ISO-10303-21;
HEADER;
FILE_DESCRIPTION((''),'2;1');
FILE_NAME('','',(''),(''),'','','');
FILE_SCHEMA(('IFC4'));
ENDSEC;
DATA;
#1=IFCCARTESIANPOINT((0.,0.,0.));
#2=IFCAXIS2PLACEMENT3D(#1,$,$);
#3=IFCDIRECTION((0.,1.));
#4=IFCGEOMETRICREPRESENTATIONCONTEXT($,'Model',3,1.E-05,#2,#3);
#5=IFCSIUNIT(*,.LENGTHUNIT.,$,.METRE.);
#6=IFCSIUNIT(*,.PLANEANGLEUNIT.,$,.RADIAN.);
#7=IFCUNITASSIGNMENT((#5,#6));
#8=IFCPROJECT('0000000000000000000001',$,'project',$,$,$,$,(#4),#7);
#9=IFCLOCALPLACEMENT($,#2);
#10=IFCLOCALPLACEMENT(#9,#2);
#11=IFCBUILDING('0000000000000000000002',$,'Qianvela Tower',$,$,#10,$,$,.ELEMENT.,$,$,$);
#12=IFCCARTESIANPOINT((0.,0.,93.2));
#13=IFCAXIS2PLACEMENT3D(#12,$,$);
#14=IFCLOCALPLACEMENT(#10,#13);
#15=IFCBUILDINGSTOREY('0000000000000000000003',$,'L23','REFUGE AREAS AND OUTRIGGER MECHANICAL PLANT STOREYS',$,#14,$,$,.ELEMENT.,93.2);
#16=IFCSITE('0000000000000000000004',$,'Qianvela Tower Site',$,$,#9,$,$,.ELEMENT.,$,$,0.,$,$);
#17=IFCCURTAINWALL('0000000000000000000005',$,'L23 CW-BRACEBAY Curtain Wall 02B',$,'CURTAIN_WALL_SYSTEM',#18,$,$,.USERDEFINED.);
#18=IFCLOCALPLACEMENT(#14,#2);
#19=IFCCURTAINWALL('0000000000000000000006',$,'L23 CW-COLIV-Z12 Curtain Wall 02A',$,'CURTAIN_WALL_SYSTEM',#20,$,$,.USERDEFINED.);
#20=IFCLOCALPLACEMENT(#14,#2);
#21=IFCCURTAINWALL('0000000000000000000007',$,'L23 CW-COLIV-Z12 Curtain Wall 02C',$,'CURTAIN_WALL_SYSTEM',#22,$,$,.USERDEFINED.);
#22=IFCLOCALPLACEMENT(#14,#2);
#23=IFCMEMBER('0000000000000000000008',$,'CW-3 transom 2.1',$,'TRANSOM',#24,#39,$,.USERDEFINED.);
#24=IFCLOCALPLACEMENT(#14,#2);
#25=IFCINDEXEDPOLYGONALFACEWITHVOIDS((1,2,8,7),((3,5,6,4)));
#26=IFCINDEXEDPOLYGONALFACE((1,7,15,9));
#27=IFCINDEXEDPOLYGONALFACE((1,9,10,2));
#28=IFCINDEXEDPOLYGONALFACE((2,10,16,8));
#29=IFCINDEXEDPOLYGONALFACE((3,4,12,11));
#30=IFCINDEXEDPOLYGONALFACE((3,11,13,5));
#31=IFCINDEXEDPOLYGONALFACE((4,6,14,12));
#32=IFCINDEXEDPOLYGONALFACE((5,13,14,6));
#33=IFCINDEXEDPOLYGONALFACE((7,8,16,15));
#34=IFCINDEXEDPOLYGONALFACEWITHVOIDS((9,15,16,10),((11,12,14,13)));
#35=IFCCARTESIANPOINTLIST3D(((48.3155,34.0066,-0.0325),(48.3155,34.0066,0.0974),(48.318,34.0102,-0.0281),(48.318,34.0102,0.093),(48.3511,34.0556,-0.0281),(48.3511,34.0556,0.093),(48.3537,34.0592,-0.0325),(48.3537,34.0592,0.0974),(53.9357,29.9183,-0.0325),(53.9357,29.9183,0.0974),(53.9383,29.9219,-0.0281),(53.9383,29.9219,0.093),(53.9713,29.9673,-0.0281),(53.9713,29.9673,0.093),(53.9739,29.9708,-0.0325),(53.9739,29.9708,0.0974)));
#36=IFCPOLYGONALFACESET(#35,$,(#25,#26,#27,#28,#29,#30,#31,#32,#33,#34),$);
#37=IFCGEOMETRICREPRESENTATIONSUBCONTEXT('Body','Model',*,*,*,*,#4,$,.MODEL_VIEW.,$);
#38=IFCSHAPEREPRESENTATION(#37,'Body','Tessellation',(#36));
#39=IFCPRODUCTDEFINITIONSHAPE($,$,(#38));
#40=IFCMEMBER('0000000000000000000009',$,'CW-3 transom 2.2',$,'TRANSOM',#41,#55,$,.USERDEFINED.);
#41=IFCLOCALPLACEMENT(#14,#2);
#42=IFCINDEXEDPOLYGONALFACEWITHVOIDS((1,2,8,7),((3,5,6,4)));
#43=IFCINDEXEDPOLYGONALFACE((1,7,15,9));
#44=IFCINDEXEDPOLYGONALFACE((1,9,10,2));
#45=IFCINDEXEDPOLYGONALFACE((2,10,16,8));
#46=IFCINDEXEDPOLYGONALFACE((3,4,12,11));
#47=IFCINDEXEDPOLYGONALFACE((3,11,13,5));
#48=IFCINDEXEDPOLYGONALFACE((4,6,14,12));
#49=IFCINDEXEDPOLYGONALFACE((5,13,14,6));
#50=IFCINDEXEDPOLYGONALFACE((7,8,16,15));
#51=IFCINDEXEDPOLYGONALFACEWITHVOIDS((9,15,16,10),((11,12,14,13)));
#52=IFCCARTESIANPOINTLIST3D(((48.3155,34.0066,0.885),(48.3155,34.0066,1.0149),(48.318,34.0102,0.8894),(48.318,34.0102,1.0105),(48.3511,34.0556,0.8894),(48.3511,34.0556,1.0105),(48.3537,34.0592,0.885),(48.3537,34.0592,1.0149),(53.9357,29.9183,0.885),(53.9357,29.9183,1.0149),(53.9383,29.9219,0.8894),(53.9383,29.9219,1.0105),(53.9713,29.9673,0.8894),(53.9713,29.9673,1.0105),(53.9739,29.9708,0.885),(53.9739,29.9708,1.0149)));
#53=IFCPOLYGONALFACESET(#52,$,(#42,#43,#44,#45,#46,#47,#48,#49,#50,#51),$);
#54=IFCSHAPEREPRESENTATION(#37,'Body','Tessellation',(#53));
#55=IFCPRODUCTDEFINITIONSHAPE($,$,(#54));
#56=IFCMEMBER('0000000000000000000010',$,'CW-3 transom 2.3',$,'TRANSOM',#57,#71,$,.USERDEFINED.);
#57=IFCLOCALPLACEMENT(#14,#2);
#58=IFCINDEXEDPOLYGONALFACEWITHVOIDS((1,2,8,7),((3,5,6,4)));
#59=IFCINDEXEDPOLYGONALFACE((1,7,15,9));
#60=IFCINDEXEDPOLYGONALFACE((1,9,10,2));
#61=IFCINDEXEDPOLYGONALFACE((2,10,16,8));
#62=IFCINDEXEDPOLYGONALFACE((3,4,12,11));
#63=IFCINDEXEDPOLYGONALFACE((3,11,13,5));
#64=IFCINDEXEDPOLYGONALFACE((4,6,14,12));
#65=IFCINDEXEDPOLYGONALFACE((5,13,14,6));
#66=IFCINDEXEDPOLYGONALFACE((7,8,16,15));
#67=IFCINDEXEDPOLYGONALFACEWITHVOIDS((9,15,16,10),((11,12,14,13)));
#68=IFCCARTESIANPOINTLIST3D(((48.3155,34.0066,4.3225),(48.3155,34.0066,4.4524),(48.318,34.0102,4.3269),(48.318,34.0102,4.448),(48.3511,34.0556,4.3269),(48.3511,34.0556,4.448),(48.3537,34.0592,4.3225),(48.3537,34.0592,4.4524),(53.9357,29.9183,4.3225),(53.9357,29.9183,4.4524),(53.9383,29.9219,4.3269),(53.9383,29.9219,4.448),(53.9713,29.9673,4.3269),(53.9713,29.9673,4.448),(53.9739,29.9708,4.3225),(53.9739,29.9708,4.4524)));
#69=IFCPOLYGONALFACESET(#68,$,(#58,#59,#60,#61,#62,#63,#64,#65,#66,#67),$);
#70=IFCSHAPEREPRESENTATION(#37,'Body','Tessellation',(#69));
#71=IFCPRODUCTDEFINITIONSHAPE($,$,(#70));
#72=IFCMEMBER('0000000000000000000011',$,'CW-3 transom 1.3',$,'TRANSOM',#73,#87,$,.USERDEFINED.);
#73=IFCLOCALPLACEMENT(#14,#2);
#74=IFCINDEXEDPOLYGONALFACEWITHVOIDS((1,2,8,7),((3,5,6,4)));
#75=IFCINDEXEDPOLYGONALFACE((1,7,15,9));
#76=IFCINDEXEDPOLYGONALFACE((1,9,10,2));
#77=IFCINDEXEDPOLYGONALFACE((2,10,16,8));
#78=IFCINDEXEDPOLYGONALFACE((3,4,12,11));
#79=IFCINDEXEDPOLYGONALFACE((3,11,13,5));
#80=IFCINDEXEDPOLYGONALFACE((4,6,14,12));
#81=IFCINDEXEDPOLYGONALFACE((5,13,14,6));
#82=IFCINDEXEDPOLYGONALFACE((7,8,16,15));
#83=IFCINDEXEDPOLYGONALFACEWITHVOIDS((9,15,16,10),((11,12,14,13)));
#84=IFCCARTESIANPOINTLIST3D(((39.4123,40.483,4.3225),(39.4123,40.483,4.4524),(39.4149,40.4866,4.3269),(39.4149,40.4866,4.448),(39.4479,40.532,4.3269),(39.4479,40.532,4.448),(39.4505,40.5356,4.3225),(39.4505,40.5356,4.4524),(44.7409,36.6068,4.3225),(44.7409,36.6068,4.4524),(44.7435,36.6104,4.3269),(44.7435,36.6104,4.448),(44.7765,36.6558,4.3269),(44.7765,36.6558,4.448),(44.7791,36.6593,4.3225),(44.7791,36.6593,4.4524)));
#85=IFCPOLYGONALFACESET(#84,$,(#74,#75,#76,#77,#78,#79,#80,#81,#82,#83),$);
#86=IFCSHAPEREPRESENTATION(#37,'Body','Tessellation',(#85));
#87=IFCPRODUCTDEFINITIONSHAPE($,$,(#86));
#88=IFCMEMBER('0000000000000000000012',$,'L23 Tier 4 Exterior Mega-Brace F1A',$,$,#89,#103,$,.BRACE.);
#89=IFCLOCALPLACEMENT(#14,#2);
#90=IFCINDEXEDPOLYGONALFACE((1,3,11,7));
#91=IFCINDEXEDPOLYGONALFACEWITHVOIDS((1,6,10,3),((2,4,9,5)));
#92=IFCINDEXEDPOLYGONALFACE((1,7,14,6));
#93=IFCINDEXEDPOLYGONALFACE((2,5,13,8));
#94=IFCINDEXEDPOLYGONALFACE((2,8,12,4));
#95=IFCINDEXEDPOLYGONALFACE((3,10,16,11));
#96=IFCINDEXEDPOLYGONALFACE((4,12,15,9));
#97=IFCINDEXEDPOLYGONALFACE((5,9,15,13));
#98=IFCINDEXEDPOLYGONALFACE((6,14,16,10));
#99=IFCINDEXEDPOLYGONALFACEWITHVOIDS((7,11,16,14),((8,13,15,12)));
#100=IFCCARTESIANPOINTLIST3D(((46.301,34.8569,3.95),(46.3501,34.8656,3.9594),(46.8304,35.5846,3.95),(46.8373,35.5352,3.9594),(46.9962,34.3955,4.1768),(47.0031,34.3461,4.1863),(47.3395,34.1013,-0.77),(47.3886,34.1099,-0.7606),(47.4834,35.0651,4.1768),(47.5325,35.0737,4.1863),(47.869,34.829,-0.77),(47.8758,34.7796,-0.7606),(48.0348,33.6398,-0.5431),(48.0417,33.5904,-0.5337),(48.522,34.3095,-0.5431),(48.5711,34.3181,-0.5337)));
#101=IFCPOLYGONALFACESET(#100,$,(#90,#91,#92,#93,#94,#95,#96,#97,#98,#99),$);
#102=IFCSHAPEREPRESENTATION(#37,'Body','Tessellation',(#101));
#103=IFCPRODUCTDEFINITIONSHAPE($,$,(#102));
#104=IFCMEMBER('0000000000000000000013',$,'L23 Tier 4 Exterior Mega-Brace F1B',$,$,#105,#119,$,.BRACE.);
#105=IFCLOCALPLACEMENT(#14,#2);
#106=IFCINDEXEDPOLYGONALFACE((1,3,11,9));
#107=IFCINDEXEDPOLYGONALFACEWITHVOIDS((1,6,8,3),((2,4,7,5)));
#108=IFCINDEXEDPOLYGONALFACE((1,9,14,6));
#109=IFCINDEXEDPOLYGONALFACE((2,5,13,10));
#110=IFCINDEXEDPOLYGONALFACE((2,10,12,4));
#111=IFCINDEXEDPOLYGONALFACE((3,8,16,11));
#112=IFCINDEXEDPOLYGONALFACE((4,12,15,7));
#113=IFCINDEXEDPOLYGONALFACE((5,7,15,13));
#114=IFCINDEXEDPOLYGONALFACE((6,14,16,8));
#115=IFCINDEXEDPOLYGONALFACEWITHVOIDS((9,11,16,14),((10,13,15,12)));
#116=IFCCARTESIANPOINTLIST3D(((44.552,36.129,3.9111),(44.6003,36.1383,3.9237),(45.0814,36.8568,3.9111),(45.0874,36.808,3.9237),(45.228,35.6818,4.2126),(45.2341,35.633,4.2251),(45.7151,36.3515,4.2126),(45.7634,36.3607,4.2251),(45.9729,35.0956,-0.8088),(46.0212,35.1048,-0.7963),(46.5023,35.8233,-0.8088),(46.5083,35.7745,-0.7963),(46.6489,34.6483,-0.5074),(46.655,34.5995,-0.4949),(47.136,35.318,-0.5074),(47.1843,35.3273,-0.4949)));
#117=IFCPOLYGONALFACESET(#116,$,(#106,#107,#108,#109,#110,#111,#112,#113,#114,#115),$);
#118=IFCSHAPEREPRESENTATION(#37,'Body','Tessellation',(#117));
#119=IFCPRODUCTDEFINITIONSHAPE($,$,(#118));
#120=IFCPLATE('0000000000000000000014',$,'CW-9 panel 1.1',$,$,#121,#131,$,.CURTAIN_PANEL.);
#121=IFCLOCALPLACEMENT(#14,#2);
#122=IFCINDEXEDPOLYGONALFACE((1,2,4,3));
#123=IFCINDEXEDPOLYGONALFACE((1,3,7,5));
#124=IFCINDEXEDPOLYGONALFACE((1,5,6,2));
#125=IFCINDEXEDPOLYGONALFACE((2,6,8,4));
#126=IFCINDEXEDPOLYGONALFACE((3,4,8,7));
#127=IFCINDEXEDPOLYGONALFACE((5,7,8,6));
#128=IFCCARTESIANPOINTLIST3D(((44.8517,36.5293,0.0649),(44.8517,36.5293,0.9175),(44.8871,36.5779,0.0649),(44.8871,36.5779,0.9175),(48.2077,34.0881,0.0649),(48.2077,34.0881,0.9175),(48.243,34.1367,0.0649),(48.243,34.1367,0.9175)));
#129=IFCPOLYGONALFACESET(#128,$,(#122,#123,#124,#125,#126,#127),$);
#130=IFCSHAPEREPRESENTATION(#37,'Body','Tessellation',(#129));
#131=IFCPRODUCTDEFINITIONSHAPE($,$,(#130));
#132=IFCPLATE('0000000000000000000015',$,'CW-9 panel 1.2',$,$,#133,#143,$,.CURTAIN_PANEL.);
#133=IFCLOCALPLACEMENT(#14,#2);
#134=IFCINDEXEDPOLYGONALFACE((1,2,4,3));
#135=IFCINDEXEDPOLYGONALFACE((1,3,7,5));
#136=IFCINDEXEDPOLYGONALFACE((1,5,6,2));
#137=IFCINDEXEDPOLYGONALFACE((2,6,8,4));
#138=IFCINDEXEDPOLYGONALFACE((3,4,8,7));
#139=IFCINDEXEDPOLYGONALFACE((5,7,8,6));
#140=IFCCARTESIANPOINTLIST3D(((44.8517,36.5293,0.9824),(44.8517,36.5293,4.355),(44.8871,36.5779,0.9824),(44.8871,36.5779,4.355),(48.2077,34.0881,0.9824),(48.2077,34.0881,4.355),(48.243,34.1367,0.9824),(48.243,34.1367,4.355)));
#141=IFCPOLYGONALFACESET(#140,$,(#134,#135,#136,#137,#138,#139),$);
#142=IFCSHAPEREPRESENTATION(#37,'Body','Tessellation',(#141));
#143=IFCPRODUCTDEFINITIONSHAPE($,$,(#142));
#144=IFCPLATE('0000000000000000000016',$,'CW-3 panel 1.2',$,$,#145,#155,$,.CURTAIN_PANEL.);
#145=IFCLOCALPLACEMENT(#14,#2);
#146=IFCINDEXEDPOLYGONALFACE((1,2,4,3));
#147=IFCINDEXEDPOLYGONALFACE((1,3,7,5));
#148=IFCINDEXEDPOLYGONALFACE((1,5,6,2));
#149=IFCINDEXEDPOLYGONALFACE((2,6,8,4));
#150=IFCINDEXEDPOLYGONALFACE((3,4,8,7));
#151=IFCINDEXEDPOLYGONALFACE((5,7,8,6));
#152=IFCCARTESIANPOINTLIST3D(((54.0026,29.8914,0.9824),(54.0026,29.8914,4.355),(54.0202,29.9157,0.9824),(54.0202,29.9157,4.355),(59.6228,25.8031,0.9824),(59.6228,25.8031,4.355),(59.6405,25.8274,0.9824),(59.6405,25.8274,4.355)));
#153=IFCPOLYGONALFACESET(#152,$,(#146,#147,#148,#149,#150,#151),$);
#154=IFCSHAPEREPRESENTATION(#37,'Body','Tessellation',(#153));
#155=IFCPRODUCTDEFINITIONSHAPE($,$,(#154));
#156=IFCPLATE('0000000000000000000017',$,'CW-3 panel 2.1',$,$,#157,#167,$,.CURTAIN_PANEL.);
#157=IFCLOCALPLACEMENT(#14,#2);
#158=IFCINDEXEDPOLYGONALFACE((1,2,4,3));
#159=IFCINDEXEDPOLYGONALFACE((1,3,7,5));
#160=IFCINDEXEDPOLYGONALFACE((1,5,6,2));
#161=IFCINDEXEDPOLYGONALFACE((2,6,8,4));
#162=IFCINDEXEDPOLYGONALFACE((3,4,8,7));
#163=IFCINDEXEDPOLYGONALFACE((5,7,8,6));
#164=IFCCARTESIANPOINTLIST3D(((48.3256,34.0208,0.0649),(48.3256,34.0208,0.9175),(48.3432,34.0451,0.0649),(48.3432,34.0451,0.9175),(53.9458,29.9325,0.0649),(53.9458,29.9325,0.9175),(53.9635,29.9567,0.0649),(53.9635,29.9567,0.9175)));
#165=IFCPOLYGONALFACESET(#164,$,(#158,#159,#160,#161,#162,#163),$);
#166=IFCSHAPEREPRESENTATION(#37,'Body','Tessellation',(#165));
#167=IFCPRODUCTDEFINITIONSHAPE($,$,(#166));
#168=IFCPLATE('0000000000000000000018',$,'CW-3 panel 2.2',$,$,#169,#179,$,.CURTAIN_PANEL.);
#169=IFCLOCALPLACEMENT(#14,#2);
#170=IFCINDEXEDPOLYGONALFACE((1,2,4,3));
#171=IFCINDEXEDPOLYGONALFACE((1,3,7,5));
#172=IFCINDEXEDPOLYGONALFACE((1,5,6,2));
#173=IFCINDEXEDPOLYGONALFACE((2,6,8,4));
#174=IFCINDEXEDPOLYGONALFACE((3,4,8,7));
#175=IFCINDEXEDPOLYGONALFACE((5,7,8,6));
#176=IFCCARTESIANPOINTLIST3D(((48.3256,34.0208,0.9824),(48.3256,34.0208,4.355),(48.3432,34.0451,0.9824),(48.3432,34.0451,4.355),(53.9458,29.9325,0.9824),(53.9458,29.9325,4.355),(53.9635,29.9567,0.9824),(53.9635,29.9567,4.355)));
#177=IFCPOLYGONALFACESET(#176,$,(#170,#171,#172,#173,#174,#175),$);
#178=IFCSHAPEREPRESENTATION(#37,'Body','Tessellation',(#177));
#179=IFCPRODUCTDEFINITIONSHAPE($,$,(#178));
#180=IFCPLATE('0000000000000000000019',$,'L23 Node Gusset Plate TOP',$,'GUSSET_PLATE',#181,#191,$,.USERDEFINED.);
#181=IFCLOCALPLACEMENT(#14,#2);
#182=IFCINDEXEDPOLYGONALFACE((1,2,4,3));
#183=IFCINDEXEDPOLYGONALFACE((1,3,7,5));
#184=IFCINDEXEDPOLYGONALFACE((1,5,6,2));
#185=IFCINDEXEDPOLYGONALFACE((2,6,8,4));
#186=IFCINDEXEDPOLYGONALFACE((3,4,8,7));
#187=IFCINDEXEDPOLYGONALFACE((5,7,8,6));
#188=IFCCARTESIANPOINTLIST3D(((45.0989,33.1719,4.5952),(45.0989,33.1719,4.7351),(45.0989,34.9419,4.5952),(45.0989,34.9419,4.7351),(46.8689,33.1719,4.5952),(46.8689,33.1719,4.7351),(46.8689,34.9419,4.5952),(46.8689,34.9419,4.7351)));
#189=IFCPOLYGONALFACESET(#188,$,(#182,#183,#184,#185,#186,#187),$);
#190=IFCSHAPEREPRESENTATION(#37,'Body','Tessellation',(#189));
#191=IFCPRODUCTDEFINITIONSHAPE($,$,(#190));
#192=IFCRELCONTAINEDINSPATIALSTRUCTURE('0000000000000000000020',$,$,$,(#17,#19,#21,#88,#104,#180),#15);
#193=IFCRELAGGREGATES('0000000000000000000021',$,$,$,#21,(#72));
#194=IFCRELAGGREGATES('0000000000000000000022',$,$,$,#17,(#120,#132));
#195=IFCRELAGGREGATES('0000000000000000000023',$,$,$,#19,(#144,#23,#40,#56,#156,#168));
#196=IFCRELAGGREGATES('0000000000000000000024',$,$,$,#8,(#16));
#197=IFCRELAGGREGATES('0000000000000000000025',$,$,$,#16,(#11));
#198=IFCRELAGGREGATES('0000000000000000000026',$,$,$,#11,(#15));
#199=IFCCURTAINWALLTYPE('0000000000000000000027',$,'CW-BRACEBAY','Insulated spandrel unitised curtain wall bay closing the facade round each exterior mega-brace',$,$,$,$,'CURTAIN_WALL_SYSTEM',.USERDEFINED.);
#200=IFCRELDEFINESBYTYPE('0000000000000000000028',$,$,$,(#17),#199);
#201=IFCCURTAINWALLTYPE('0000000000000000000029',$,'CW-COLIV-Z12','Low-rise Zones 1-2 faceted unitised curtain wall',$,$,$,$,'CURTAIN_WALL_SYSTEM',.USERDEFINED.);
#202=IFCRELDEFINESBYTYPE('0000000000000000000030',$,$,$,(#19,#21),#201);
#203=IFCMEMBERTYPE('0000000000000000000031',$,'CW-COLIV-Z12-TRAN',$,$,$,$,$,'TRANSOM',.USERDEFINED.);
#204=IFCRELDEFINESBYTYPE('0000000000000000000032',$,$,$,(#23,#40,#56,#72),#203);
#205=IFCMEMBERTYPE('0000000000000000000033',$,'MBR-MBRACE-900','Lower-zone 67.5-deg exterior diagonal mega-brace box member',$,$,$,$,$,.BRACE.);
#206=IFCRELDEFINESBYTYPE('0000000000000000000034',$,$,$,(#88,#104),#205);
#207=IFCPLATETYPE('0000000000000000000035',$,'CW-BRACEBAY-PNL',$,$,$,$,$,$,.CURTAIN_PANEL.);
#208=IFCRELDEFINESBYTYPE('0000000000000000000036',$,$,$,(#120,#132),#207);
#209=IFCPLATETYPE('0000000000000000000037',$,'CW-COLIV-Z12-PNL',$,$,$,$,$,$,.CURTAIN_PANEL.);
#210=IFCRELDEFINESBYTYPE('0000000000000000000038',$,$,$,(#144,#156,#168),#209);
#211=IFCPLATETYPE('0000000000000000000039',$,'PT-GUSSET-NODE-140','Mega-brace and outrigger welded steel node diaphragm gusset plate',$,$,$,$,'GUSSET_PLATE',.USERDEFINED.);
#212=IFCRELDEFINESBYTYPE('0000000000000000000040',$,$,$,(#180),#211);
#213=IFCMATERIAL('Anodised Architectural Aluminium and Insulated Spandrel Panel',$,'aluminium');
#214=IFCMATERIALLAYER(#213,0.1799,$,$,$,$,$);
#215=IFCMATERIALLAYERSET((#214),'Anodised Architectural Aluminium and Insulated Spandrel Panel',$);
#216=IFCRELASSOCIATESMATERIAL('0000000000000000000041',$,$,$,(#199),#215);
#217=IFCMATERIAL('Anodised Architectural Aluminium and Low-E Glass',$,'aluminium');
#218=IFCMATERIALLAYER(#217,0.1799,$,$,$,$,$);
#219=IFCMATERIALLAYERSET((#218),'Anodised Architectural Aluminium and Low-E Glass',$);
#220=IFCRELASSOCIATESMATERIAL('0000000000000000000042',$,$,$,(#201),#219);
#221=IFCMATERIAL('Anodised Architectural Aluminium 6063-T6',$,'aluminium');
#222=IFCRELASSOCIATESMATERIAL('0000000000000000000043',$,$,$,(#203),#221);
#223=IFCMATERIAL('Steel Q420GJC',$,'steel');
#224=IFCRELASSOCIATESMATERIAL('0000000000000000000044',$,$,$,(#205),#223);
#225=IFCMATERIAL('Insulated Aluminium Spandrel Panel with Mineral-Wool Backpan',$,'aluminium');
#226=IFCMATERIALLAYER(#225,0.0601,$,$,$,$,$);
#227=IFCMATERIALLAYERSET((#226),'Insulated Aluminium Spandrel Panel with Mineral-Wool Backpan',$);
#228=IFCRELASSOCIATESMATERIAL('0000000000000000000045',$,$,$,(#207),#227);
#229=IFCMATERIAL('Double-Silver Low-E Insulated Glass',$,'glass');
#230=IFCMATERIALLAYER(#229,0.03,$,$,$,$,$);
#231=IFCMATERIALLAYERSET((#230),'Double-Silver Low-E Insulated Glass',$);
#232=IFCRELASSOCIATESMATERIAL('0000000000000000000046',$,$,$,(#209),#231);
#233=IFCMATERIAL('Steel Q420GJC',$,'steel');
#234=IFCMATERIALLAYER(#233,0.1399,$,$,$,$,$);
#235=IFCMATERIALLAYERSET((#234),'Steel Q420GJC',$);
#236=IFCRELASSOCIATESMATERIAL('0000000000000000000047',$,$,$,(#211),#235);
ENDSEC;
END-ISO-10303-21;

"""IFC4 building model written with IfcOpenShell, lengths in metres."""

from ifc_helpers import new_model, si_unit, direction, frame, origin, origin_2d, place, context, subcontext, project, spatial, rectangle, hollow_rectangle, extrude, material, layer, layer_set, material_profile, profile_set, type_object, element, aggregate, save


model = new_model("IFC4")

# Units and contexts
model_context = context("Model", 3, precision=1e-05, world=origin(), true_north=direction((0.0, 1.0)))
body_context = subcontext(model_context, "Body", "Model", "MODEL_VIEW")
ifc_project = project(units=[si_unit("LENGTHUNIT", "METRE"), si_unit("PLANEANGLEUNIT", "RADIAN")], contexts=[model_context])

# Site, building, storey
site_placement = place(None, origin())
site = spatial("IfcSite", under=ifc_project, at=site_placement, Name="Qianvela Tower Site", CompositionType="ELEMENT", RefElevation=0.0)
building_placement = place(site_placement, origin())
building = spatial("IfcBuilding", under=site, at=building_placement, Name="Qianvela Tower", CompositionType="ELEMENT")
storey_placement = place(building_placement, frame((0.0, 0.0, 93.2)))
storey = spatial("IfcBuildingStorey", under=building, at=storey_placement, Name="L23", Description="REFUGE AREAS AND OUTRIGGER MECHANICAL PLANT STOREYS", CompositionType="ELEMENT", Elevation=93.2)

# Curtain walls
ifc_material_1 = material(Name="Anodised Architectural Aluminium and Insulated Spandrel Panel", Category="aluminium")
ifc_layer_1 = layer(ifc_material_1, 0.1799)
ifc_layer_set_1 = layer_set([ifc_layer_1], Name="Anodised Architectural Aluminium and Insulated Spandrel Panel")
curtain_wall_type_1 = type_object("IfcCurtainWallType", Name="CW-BRACEBAY", Description="Insulated spandrel unitised curtain wall bay closing the facade round each exterior mega-brace", ElementType="CURTAIN_WALL_SYSTEM", PredefinedType="USERDEFINED", material=ifc_layer_set_1)
curtain_wall_1_placement = place(storey_placement, origin())
curtain_wall_1 = element("IfcCurtainWall", 1, at=curtain_wall_1_placement, inside=storey, type_object=curtain_wall_type_1, Name="L23 CW-BRACEBAY Curtain Wall 02B", ObjectType="CURTAIN_WALL_SYSTEM", PredefinedType="USERDEFINED")
ifc_material_2 = material(Name="Anodised Architectural Aluminium and Low-E Glass", Category="aluminium")
ifc_layer_2 = layer(ifc_material_2, 0.1799)
ifc_layer_set_2 = layer_set([ifc_layer_2], Name="Anodised Architectural Aluminium and Low-E Glass")
curtain_wall_type_2 = type_object("IfcCurtainWallType", Name="CW-COLIV-Z12", Description="Low-rise Zones 1-2 faceted unitised curtain wall", ElementType="CURTAIN_WALL_SYSTEM", PredefinedType="USERDEFINED", material=ifc_layer_set_2)
curtain_wall_2_placement = place(storey_placement, origin())
curtain_wall_2 = element("IfcCurtainWall", 2, at=curtain_wall_2_placement, inside=storey, type_object=curtain_wall_type_2, Name="L23 CW-COLIV-Z12 Curtain Wall 02A", ObjectType="CURTAIN_WALL_SYSTEM", PredefinedType="USERDEFINED")

# Curtain wall
curtain_wall_3_placement = place(storey_placement, origin())
curtain_wall_3 = element("IfcCurtainWall", 3, at=curtain_wall_3_placement, inside=storey, type_object=curtain_wall_type_2, Name="L23 CW-COLIV-Z12 Curtain Wall 02C", ObjectType="CURTAIN_WALL_SYSTEM", PredefinedType="USERDEFINED")

# Members
ifc_material_3 = material(Name="Anodised Architectural Aluminium 6063-T6", Category="aluminium")
ifc_material_profile_1 = material_profile(ifc_material_3, hollow_rectangle(XDim=0.0649, YDim=0.1299, WallThickness=0.0044, at=origin_2d()), Name="ALU-TRAN-65x130")
ifc_profile_set_1 = profile_set([ifc_material_profile_1], Name="Anodised Architectural Aluminium 6063-T6")
member_type_1 = type_object("IfcMemberType", Name="CW-COLIV-Z12-TRAN", ElementType="TRANSOM", PredefinedType="USERDEFINED", material=ifc_profile_set_1)
member_1_placement = place(storey_placement, frame((53.9548, 29.9446, 0.0325), z_axis=(-0.808678, 0.588251, 0.0), x_axis=(-0.588251, -0.808678, 0.0)))
member_1 = element("IfcMember", 4, at=member_1_placement, type_object=member_type_1, Name="CW-3 transom 2.1", ObjectType="TRANSOM", PredefinedType="USERDEFINED", context=body_context, shape_type="SweptSolid", body=[
    extrude(hollow_rectangle(XDim=0.0649, YDim=0.1299, WallThickness=0.0044, at=origin_2d()), origin(), (0.0, 0.0, 1.0), 6.95),
])
member_2_placement = place(storey_placement, frame((53.9548, 29.9446, 0.95), z_axis=(-0.808678, 0.588251, 0.0), x_axis=(-0.588251, -0.808678, 0.0)))
member_2 = element("IfcMember", 5, at=member_2_placement, type_object=member_type_1, Name="CW-3 transom 2.2", ObjectType="TRANSOM", PredefinedType="USERDEFINED", context=body_context, shape_type="SweptSolid", body=[
    extrude(hollow_rectangle(XDim=0.0649, YDim=0.1299, WallThickness=0.0044, at=origin_2d()), origin(), (0.0, 0.0, 1.0), 6.95),
])
member_3_placement = place(storey_placement, frame((53.9548, 29.9446, 4.3875), z_axis=(-0.808678, 0.588251, 0.0), x_axis=(-0.588251, -0.808678, 0.0)))
member_3 = element("IfcMember", 6, at=member_3_placement, type_object=member_type_1, Name="CW-3 transom 2.3", ObjectType="TRANSOM", PredefinedType="USERDEFINED", context=body_context, shape_type="SweptSolid", body=[
    extrude(hollow_rectangle(XDim=0.0649, YDim=0.1299, WallThickness=0.0044, at=origin_2d()), origin(), (0.0, 0.0, 1.0), 6.95),
])
member_4_placement = place(storey_placement, frame((44.76, 36.6331, 4.3875), z_axis=(-0.808674, 0.588258, 0.0), x_axis=(-0.588258, -0.808674, 0.0)))
member_4 = element("IfcMember", 7, at=member_4_placement, type_object=member_type_1, Name="CW-3 transom 1.3", ObjectType="TRANSOM", PredefinedType="USERDEFINED", context=body_context, shape_type="SweptSolid", body=[
    extrude(hollow_rectangle(XDim=0.0649, YDim=0.1299, WallThickness=0.0044, at=origin_2d()), origin(), (0.0, 0.0, 1.0), 6.5894),
])
aggregate(curtain_wall_3, [member_4])

# Members
ifc_material_4 = material(Name="Steel Q420GJC", Category="steel")
ifc_material_profile_2 = material_profile(ifc_material_4, hollow_rectangle(XDim=0.8999, YDim=0.8999, WallThickness=0.0359, at=origin_2d()), Name="MBOX-900x900x36")
ifc_profile_set_2 = profile_set([ifc_material_profile_2], Name="Steel Q420GJC")
member_type_2 = type_object("IfcMemberType", Name="MBR-MBRACE-900", Description="Lower-zone 67.5-deg exterior diagonal mega-brace box member", PredefinedType="BRACE", material=ifc_profile_set_2)
member_5_placement = place(storey_placement, frame((47.9553, 34.2097, -0.6519), z_axis=(-0.212318, 0.154472, 0.964914), x_axis=(-0.588319, -0.808629, 0.0)))
element("IfcMember", 8, at=member_5_placement, inside=storey, type_object=member_type_2, Name="L23 Tier 4 Exterior Mega-Brace F1A", PredefinedType="BRACE", context=body_context, shape_type="SweptSolid", body=[
    extrude(hollow_rectangle(XDim=0.8999, YDim=0.8999, WallThickness=0.0359, at=origin_2d()), origin(), (0.0, 0.0, 1.0), 4.8916),
])
member_6_placement = place(storey_placement, frame((46.5786, 35.2114, -0.6519), z_axis=(-0.282127, 0.205197, 0.937176), x_axis=(-0.588196, -0.808718, 0.0)))
element("IfcMember", 9, at=member_6_placement, inside=storey, type_object=member_type_2, Name="L23 Tier 4 Exterior Mega-Brace F1B", PredefinedType="BRACE", context=body_context, shape_type="SweptSolid", body=[
    extrude(hollow_rectangle(XDim=0.8999, YDim=0.8999, WallThickness=0.0359, at=origin_2d()), origin(), (0.0, 0.0, 1.0), 5.0364),
])

# Plates
ifc_material_5 = material(Name="Insulated Aluminium Spandrel Panel with Mineral-Wool Backpan", Category="aluminium")
ifc_layer_3 = layer(ifc_material_5, 0.0601)
ifc_layer_set_3 = layer_set([ifc_layer_3], Name="Insulated Aluminium Spandrel Panel with Mineral-Wool Backpan")
plate_type_1 = type_object("IfcPlateType", Name="CW-BRACEBAY-PNL", PredefinedType="CURTAIN_PANEL", material=ifc_layer_set_3)
plate_1_placement = place(storey_placement, frame((46.5474, 35.333, 0.0649), z_axis=(0.0, 0.0, 1.0), x_axis=(-0.808676, 0.588254, 0.0)))
plate_1 = element("IfcPlate", 10, at=plate_1_placement, type_object=plate_type_1, Name="CW-9 panel 1.1", PredefinedType="CURTAIN_PANEL", context=body_context, shape_type="SweptSolid", body=[
    extrude(rectangle(XDim=4.1499, YDim=0.0601, at=origin_2d()), origin(), (0.0, 0.0, 1.0), 0.8525),
])
plate_2_placement = place(storey_placement, frame((46.5474, 35.333, 0.9824), z_axis=(0.0, 0.0, 1.0), x_axis=(-0.808676, 0.588254, 0.0)))
plate_2 = element("IfcPlate", 11, at=plate_2_placement, type_object=plate_type_1, Name="CW-9 panel 1.2", PredefinedType="CURTAIN_PANEL", context=body_context, shape_type="SweptSolid", body=[
    extrude(rectangle(XDim=4.1499, YDim=0.0601, at=origin_2d()), origin(), (0.0, 0.0, 1.0), 3.3726),
])
aggregate(curtain_wall_1, [plate_1, plate_2])
ifc_material_6 = material(Name="Double-Silver Low-E Insulated Glass", Category="glass")
ifc_layer_4 = layer(ifc_material_6, 0.03)
ifc_layer_set_4 = layer_set([ifc_layer_4], Name="Double-Silver Low-E Insulated Glass")
plate_type_2 = type_object("IfcPlateType", Name="CW-COLIV-Z12-PNL", PredefinedType="CURTAIN_PANEL", material=ifc_layer_set_4)
plate_3_placement = place(storey_placement, frame((56.8215, 27.8594, 0.9824), z_axis=(0.0, 0.0, 1.0), x_axis=(-0.808677, 0.588253, 0.0)))
plate_3 = element("IfcPlate", 12, at=plate_3_placement, type_object=plate_type_2, Name="CW-3 panel 1.2", PredefinedType="CURTAIN_PANEL", context=body_context, shape_type="SweptSolid", body=[
    extrude(rectangle(XDim=6.95, YDim=0.03, at=origin_2d()), origin(), (0.0, 0.0, 1.0), 3.3726),
])
plate_4_placement = place(storey_placement, frame((51.1445, 31.9888, 0.0649), z_axis=(0.0, 0.0, 1.0), x_axis=(-0.808677, 0.588253, 0.0)))
plate_4 = element("IfcPlate", 13, at=plate_4_placement, type_object=plate_type_2, Name="CW-3 panel 2.1", PredefinedType="CURTAIN_PANEL", context=body_context, shape_type="SweptSolid", body=[
    extrude(rectangle(XDim=6.95, YDim=0.03, at=origin_2d()), origin(), (0.0, 0.0, 1.0), 0.8525),
])
plate_5_placement = place(storey_placement, frame((51.1445, 31.9888, 0.9824), z_axis=(0.0, 0.0, 1.0), x_axis=(-0.808677, 0.588253, 0.0)))
plate_5 = element("IfcPlate", 14, at=plate_5_placement, type_object=plate_type_2, Name="CW-3 panel 2.2", PredefinedType="CURTAIN_PANEL", context=body_context, shape_type="SweptSolid", body=[
    extrude(rectangle(XDim=6.95, YDim=0.03, at=origin_2d()), origin(), (0.0, 0.0, 1.0), 3.3726),
])
aggregate(curtain_wall_2, [plate_3, member_1, member_2, member_3, plate_4, plate_5])

# Plate
ifc_material_7 = material(Name="Steel Q420GJC", Category="steel")
ifc_layer_5 = layer(ifc_material_7, 0.1399)
ifc_layer_set_5 = layer_set([ifc_layer_5], Name="Steel Q420GJC")
plate_type_3 = type_object("IfcPlateType", Name="PT-GUSSET-NODE-140", Description="Mega-brace and outrigger welded steel node diaphragm gusset plate", ElementType="GUSSET_PLATE", PredefinedType="USERDEFINED", material=ifc_layer_set_5)
plate_6_placement = place(storey_placement, frame((45.9839, 34.0569, 4.5952), z_axis=(0.0, 0.0, 1.0), x_axis=(1.0, 0.0, 0.0)))
element("IfcPlate", 15, at=plate_6_placement, inside=storey, type_object=plate_type_3, Name="L23 Node Gusset Plate TOP", ObjectType="GUSSET_PLATE", PredefinedType="USERDEFINED", context=body_context, shape_type="SweptSolid", body=[
    extrude(rectangle(XDim=1.77, YDim=1.77, at=origin_2d()), origin(), (0.0, 0.0, 1.0), 0.1399),
])

save(model, "model.ifc")
